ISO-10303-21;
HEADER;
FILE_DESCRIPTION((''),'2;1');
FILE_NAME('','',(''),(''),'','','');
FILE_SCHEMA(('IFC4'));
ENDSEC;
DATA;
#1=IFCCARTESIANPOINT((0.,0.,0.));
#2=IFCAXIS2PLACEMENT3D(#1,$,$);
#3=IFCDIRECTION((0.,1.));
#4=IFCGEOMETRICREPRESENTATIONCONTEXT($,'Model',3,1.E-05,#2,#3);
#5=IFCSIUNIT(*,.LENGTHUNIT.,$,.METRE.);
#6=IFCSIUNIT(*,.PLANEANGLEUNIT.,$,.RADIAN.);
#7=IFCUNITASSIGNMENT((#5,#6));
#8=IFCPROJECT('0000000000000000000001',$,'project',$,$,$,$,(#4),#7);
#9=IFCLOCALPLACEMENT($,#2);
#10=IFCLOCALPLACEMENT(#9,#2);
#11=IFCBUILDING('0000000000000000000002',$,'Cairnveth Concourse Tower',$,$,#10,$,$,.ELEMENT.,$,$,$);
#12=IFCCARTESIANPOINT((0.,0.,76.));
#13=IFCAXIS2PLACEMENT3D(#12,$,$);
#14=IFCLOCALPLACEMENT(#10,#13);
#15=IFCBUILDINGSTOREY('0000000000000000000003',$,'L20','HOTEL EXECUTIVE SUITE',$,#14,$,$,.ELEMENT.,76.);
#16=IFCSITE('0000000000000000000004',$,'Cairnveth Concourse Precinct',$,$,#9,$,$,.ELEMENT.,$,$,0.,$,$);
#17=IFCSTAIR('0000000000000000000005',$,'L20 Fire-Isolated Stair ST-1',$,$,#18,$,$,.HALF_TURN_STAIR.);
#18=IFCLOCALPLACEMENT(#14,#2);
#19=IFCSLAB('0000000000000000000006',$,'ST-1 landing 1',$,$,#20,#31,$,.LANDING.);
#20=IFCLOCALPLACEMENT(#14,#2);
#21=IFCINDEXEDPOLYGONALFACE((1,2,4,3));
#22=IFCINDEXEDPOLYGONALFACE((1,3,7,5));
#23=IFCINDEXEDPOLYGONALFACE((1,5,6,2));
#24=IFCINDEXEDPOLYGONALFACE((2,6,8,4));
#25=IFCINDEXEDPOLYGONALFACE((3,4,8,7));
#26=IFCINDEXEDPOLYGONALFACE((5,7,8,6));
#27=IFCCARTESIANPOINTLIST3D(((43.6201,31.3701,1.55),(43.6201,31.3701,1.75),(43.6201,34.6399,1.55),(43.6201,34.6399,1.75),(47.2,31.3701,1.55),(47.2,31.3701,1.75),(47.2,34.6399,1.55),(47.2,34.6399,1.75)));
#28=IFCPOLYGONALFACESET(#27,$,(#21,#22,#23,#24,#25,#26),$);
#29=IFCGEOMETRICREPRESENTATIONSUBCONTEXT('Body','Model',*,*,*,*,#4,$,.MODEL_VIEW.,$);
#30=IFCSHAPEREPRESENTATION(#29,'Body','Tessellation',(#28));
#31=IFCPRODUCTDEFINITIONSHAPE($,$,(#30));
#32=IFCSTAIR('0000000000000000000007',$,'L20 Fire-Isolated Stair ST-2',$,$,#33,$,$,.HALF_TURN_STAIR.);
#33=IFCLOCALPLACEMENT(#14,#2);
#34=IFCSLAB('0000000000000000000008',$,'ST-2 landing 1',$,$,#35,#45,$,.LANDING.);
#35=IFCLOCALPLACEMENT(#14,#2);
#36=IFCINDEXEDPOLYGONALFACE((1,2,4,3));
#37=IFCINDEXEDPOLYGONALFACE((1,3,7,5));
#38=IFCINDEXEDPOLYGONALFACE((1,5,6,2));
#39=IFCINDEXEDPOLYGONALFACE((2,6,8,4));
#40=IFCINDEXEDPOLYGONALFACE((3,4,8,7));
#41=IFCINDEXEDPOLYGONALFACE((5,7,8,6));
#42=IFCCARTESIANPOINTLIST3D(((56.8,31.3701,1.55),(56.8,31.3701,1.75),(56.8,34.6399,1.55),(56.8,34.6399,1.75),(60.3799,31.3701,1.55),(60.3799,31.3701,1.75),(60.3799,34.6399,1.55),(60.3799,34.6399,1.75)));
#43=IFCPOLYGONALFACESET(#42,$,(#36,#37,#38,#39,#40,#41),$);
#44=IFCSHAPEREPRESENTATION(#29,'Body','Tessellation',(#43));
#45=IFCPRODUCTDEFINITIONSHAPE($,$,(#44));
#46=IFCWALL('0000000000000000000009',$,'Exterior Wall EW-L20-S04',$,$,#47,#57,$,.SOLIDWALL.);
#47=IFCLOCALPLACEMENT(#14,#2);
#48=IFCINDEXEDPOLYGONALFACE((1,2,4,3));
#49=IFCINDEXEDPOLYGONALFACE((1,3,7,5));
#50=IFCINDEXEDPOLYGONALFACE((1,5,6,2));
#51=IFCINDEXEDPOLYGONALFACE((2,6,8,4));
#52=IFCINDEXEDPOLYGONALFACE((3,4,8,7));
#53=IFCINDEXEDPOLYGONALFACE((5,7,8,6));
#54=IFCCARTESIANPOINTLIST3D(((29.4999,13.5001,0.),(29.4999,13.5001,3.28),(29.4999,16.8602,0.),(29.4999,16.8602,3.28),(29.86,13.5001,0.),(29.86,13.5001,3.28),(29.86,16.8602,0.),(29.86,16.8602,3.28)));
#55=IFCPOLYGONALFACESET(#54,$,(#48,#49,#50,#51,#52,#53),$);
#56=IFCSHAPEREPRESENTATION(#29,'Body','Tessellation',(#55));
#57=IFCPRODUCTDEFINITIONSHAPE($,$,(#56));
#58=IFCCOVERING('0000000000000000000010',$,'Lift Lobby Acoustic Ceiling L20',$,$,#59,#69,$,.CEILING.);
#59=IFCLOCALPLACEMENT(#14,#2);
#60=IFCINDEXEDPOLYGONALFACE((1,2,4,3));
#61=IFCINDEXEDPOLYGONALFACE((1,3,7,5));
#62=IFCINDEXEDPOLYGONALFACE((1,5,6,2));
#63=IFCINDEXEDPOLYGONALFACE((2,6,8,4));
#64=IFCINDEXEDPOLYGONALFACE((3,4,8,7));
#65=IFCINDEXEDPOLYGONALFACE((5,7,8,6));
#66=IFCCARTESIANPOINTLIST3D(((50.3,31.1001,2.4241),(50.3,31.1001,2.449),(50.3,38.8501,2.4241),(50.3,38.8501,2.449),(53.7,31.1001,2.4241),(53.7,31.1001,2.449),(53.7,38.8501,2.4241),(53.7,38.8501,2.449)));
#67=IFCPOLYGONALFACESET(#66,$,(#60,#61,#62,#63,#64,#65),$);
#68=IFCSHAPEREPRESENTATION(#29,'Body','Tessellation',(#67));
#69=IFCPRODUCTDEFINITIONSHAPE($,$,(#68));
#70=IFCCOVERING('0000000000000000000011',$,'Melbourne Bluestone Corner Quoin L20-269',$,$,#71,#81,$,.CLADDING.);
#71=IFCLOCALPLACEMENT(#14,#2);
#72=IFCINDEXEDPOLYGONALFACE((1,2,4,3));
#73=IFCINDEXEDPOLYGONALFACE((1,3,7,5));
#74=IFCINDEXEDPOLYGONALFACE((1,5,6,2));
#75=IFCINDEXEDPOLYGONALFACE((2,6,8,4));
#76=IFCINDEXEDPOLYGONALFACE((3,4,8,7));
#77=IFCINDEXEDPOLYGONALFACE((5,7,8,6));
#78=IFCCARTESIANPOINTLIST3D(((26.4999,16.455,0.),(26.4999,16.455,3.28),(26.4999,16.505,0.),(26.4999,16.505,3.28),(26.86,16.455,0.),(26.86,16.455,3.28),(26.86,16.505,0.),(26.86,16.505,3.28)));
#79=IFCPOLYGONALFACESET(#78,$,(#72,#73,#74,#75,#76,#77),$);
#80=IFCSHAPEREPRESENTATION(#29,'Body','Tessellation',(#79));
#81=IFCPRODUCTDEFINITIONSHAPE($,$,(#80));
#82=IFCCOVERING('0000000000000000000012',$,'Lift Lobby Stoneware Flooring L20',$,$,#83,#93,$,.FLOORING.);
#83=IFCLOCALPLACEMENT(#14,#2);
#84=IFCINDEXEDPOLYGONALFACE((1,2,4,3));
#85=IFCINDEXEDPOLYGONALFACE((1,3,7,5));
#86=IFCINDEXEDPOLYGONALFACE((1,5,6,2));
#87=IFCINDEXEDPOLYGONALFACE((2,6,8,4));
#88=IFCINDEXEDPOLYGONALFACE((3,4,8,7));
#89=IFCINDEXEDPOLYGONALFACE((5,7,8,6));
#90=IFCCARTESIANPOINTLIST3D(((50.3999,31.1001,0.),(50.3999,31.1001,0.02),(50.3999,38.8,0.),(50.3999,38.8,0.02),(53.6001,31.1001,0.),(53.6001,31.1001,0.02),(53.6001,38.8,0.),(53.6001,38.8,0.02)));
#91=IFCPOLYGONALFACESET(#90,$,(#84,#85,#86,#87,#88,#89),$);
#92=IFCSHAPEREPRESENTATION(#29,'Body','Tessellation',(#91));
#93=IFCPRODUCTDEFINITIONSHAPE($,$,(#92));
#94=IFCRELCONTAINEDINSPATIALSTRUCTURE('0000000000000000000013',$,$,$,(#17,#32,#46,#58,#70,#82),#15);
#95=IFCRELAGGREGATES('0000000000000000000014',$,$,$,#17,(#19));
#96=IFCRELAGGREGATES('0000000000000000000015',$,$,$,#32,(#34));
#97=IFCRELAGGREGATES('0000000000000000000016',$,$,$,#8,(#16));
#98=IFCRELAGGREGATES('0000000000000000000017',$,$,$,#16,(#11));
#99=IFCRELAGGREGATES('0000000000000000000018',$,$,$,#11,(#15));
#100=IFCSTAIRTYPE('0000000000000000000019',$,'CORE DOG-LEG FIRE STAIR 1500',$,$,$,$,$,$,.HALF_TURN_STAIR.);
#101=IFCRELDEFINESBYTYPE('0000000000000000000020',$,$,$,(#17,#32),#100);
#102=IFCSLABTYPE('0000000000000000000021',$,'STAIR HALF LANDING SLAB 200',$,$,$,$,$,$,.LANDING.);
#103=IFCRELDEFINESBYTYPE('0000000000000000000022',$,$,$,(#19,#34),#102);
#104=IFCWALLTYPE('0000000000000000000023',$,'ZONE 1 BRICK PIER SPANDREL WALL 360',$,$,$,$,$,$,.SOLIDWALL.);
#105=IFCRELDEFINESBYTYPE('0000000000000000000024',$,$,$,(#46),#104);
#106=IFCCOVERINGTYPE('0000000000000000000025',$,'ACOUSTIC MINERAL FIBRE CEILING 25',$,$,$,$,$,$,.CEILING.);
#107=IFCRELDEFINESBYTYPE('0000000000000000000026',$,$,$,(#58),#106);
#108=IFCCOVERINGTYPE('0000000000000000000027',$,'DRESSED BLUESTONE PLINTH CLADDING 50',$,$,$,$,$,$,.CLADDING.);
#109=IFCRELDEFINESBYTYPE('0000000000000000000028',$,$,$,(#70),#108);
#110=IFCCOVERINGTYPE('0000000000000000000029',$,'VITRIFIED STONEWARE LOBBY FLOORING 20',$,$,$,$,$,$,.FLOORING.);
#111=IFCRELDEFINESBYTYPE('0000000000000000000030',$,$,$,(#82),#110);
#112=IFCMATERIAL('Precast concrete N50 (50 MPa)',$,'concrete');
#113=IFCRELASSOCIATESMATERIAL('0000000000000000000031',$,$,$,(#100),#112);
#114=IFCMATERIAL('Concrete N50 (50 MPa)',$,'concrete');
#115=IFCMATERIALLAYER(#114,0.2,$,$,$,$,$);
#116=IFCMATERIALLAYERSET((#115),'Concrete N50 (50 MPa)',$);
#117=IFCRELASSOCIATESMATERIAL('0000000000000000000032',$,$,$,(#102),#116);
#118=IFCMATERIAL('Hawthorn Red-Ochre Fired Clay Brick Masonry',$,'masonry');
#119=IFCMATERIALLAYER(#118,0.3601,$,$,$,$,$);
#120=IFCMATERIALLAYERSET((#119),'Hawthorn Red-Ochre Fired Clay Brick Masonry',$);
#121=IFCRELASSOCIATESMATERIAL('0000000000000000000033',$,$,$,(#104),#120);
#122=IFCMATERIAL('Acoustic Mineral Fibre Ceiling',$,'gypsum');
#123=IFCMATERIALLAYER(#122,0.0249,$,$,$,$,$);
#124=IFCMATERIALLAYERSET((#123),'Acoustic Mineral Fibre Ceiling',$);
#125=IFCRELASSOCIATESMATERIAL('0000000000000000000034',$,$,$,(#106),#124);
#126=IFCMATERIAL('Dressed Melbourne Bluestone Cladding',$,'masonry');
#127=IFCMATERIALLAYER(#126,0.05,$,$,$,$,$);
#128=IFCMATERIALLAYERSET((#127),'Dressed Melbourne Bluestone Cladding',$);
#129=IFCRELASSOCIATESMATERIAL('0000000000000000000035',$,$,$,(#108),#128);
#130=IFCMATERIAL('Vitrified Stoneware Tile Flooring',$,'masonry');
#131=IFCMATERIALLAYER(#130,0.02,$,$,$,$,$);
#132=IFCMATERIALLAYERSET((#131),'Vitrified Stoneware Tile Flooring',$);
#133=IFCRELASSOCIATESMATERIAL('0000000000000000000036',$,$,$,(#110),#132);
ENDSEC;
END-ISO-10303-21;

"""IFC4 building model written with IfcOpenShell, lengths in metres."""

from ifc_helpers import new_model, si_unit, direction, frame, frame_2d, origin, place, context, subcontext, project, spatial, polyline, rectangle, outline, extrude, material, layer, layer_set, type_object, element, aggregate, save


model = new_model("IFC4")

# Units and contexts
model_context = context("Model", 3, precision=1e-05, world=origin(), true_north=direction((0.0, 1.0)))
body_context = subcontext(model_context, "Body", "Model", "MODEL_VIEW")
ifc_project = project(units=[si_unit("LENGTHUNIT", "METRE"), si_unit("PLANEANGLEUNIT", "RADIAN")], contexts=[model_context])

# Site, building, storey
site_placement = place(None, origin())
site = spatial("IfcSite", under=ifc_project, at=site_placement, Name="Cairnveth Concourse Precinct", CompositionType="ELEMENT", RefElevation=0.0)
building_placement = place(site_placement, origin())
building = spatial("IfcBuilding", under=site, at=building_placement, Name="Cairnveth Concourse Tower", CompositionType="ELEMENT")
storey_placement = place(building_placement, frame((0.0, 0.0, 76.0)))
storey = spatial("IfcBuildingStorey", under=building, at=storey_placement, Name="L20", Description="HOTEL EXECUTIVE SUITE", CompositionType="ELEMENT", Elevation=76.0)

# Shared definitions
ifc_material_1 = material(Name="Concrete N50 (50 MPa)", Category="concrete")

# Stairs, slabs
ifc_material_2 = material(Name="Precast concrete N50 (50 MPa)", Category="concrete")
stair_type = type_object("IfcStairType", Name="CORE DOG-LEG FIRE STAIR 1500", PredefinedType="HALF_TURN_STAIR", material=ifc_material_2)
stair_1_placement = place(storey_placement, origin())
stair_1 = element("IfcStair", 1, at=stair_1_placement, inside=storey, type_object=stair_type, Name="L20 Fire-Isolated Stair ST-1", PredefinedType="HALF_TURN_STAIR")
ifc_layer_1 = layer(ifc_material_1, 0.2)
ifc_layer_set_1 = layer_set([ifc_layer_1], Name="Concrete N50 (50 MPa)")
slab_type_1 = type_object("IfcSlabType", Name="STAIR HALF LANDING SLAB 200", PredefinedType="LANDING", material=ifc_layer_set_1)
slab_1_placement = place(storey_placement, frame((0.0, 0.0, 1.55)))
slab_1 = element("IfcSlab", 2, at=slab_1_placement, type_object=slab_type_1, Name="ST-1 landing 1", PredefinedType="LANDING", context=body_context, shape_type="SweptSolid", body=[
    extrude(outline(polyline([(43.6201, 34.6399), (43.6201, 31.3701), (47.2, 31.3701), (47.2, 34.6399), (43.6201, 34.6399)])), origin(), (0.0, 0.0, 1.0), 0.2),
])
aggregate(stair_1, [slab_1])
stair_2_placement = place(storey_placement, origin())
stair_2 = element("IfcStair", 3, at=stair_2_placement, inside=storey, type_object=stair_type, Name="L20 Fire-Isolated Stair ST-2", PredefinedType="HALF_TURN_STAIR")
slab_2_placement = place(storey_placement, frame((0.0, 0.0, 1.55)))
slab_2 = element("IfcSlab", 4, at=slab_2_placement, type_object=slab_type_1, Name="ST-2 landing 1", PredefinedType="LANDING", context=body_context, shape_type="SweptSolid", body=[
    extrude(outline(polyline([(56.8, 34.6399), (56.8, 31.3701), (60.3799, 31.3701), (60.3799, 34.6399), (56.8, 34.6399)])), origin(), (0.0, 0.0, 1.0), 0.2),
])
aggregate(stair_2, [slab_2])

# Wall
ifc_material_3 = material(Name="Hawthorn Red-Ochre Fired Clay Brick Masonry", Category="masonry")
ifc_layer_2 = layer(ifc_material_3, 0.3601)
ifc_layer_set_2 = layer_set([ifc_layer_2], Name="Hawthorn Red-Ochre Fired Clay Brick Masonry")
wall_type = type_object("IfcWallType", Name="ZONE 1 BRICK PIER SPANDREL WALL 360", PredefinedType="SOLIDWALL", material=ifc_layer_set_2)
wall_1_placement = place(storey_placement, frame((29.6799, 13.5, 0.0), z_axis=(0.0, 0.0, 1.0), x_axis=(0.0, 1.0, 0.0)))
element("IfcWall", 5, at=wall_1_placement, inside=storey, type_object=wall_type, Name="Exterior Wall EW-L20-S04", PredefinedType="SOLIDWALL", context=body_context, shape_type="SweptSolid", body=[
    extrude(rectangle(XDim=3.3601, YDim=0.3601, at=frame_2d((1.6802, 0.0))), origin(), (0.0, 0.0, 1.0), 3.28),
])

# Coverings
ifc_material_4 = material(Name="Acoustic Mineral Fibre Ceiling", Category="gypsum")
ifc_layer_3 = layer(ifc_material_4, 0.0249)
ifc_layer_set_3 = layer_set([ifc_layer_3], Name="Acoustic Mineral Fibre Ceiling")
covering_type_1 = type_object("IfcCoveringType", Name="ACOUSTIC MINERAL FIBRE CEILING 25", PredefinedType="CEILING", material=ifc_layer_set_3)
covering_1_placement = place(storey_placement, frame((0.0, 0.0, 2.4241)))
element("IfcCovering", 6, at=covering_1_placement, inside=storey, type_object=covering_type_1, Name="Lift Lobby Acoustic Ceiling L20", PredefinedType="CEILING", context=body_context, shape_type="SweptSolid", body=[
    extrude(outline(polyline([(50.3, 31.1001), (53.7, 31.1001), (53.7, 38.8501), (50.3, 38.8501), (50.3, 31.1001)])), origin(), (0.0, 0.0, 1.0), 0.0249),
])
ifc_material_5 = material(Name="Dressed Melbourne Bluestone Cladding", Category="masonry")
ifc_layer_4 = layer(ifc_material_5, 0.05)
ifc_layer_set_4 = layer_set([ifc_layer_4], Name="Dressed Melbourne Bluestone Cladding")
covering_type_2 = type_object("IfcCoveringType", Name="DRESSED BLUESTONE PLINTH CLADDING 50", PredefinedType="CLADDING", material=ifc_layer_set_4)
covering_2_placement = place(storey_placement, frame((26.8601, 16.48, 0.0), z_axis=(0.0, 0.0, 1.0), x_axis=(-1.0, 0.0, 0.0)))
element("IfcCovering", 7, at=covering_2_placement, inside=storey, type_object=covering_type_2, Name="Melbourne Bluestone Corner Quoin L20-269", PredefinedType="CLADDING", context=body_context, shape_type="SweptSolid", body=[
    extrude(rectangle(XDim=0.3601, YDim=0.05, at=frame_2d((0.1802, 0.0))), origin(), (0.0, 0.0, 1.0), 3.28),
])
ifc_material_6 = material(Name="Vitrified Stoneware Tile Flooring", Category="masonry")
ifc_layer_5 = layer(ifc_material_6, 0.02)
ifc_layer_set_5 = layer_set([ifc_layer_5], Name="Vitrified Stoneware Tile Flooring")
covering_type_3 = type_object("IfcCoveringType", Name="VITRIFIED STONEWARE LOBBY FLOORING 20", PredefinedType="FLOORING", material=ifc_layer_set_5)
covering_3_placement = place(storey_placement, origin())
element("IfcCovering", 8, at=covering_3_placement, inside=storey, type_object=covering_type_3, Name="Lift Lobby Stoneware Flooring L20", PredefinedType="FLOORING", context=body_context, shape_type="SweptSolid", body=[
    extrude(outline(polyline([(50.3999, 31.1001), (53.6001, 31.1001), (53.6001, 38.8), (50.3999, 38.8), (50.3999, 31.1001)])), origin(), (0.0, 0.0, 1.0), 0.02),
])

save(model, "model.ifc")
